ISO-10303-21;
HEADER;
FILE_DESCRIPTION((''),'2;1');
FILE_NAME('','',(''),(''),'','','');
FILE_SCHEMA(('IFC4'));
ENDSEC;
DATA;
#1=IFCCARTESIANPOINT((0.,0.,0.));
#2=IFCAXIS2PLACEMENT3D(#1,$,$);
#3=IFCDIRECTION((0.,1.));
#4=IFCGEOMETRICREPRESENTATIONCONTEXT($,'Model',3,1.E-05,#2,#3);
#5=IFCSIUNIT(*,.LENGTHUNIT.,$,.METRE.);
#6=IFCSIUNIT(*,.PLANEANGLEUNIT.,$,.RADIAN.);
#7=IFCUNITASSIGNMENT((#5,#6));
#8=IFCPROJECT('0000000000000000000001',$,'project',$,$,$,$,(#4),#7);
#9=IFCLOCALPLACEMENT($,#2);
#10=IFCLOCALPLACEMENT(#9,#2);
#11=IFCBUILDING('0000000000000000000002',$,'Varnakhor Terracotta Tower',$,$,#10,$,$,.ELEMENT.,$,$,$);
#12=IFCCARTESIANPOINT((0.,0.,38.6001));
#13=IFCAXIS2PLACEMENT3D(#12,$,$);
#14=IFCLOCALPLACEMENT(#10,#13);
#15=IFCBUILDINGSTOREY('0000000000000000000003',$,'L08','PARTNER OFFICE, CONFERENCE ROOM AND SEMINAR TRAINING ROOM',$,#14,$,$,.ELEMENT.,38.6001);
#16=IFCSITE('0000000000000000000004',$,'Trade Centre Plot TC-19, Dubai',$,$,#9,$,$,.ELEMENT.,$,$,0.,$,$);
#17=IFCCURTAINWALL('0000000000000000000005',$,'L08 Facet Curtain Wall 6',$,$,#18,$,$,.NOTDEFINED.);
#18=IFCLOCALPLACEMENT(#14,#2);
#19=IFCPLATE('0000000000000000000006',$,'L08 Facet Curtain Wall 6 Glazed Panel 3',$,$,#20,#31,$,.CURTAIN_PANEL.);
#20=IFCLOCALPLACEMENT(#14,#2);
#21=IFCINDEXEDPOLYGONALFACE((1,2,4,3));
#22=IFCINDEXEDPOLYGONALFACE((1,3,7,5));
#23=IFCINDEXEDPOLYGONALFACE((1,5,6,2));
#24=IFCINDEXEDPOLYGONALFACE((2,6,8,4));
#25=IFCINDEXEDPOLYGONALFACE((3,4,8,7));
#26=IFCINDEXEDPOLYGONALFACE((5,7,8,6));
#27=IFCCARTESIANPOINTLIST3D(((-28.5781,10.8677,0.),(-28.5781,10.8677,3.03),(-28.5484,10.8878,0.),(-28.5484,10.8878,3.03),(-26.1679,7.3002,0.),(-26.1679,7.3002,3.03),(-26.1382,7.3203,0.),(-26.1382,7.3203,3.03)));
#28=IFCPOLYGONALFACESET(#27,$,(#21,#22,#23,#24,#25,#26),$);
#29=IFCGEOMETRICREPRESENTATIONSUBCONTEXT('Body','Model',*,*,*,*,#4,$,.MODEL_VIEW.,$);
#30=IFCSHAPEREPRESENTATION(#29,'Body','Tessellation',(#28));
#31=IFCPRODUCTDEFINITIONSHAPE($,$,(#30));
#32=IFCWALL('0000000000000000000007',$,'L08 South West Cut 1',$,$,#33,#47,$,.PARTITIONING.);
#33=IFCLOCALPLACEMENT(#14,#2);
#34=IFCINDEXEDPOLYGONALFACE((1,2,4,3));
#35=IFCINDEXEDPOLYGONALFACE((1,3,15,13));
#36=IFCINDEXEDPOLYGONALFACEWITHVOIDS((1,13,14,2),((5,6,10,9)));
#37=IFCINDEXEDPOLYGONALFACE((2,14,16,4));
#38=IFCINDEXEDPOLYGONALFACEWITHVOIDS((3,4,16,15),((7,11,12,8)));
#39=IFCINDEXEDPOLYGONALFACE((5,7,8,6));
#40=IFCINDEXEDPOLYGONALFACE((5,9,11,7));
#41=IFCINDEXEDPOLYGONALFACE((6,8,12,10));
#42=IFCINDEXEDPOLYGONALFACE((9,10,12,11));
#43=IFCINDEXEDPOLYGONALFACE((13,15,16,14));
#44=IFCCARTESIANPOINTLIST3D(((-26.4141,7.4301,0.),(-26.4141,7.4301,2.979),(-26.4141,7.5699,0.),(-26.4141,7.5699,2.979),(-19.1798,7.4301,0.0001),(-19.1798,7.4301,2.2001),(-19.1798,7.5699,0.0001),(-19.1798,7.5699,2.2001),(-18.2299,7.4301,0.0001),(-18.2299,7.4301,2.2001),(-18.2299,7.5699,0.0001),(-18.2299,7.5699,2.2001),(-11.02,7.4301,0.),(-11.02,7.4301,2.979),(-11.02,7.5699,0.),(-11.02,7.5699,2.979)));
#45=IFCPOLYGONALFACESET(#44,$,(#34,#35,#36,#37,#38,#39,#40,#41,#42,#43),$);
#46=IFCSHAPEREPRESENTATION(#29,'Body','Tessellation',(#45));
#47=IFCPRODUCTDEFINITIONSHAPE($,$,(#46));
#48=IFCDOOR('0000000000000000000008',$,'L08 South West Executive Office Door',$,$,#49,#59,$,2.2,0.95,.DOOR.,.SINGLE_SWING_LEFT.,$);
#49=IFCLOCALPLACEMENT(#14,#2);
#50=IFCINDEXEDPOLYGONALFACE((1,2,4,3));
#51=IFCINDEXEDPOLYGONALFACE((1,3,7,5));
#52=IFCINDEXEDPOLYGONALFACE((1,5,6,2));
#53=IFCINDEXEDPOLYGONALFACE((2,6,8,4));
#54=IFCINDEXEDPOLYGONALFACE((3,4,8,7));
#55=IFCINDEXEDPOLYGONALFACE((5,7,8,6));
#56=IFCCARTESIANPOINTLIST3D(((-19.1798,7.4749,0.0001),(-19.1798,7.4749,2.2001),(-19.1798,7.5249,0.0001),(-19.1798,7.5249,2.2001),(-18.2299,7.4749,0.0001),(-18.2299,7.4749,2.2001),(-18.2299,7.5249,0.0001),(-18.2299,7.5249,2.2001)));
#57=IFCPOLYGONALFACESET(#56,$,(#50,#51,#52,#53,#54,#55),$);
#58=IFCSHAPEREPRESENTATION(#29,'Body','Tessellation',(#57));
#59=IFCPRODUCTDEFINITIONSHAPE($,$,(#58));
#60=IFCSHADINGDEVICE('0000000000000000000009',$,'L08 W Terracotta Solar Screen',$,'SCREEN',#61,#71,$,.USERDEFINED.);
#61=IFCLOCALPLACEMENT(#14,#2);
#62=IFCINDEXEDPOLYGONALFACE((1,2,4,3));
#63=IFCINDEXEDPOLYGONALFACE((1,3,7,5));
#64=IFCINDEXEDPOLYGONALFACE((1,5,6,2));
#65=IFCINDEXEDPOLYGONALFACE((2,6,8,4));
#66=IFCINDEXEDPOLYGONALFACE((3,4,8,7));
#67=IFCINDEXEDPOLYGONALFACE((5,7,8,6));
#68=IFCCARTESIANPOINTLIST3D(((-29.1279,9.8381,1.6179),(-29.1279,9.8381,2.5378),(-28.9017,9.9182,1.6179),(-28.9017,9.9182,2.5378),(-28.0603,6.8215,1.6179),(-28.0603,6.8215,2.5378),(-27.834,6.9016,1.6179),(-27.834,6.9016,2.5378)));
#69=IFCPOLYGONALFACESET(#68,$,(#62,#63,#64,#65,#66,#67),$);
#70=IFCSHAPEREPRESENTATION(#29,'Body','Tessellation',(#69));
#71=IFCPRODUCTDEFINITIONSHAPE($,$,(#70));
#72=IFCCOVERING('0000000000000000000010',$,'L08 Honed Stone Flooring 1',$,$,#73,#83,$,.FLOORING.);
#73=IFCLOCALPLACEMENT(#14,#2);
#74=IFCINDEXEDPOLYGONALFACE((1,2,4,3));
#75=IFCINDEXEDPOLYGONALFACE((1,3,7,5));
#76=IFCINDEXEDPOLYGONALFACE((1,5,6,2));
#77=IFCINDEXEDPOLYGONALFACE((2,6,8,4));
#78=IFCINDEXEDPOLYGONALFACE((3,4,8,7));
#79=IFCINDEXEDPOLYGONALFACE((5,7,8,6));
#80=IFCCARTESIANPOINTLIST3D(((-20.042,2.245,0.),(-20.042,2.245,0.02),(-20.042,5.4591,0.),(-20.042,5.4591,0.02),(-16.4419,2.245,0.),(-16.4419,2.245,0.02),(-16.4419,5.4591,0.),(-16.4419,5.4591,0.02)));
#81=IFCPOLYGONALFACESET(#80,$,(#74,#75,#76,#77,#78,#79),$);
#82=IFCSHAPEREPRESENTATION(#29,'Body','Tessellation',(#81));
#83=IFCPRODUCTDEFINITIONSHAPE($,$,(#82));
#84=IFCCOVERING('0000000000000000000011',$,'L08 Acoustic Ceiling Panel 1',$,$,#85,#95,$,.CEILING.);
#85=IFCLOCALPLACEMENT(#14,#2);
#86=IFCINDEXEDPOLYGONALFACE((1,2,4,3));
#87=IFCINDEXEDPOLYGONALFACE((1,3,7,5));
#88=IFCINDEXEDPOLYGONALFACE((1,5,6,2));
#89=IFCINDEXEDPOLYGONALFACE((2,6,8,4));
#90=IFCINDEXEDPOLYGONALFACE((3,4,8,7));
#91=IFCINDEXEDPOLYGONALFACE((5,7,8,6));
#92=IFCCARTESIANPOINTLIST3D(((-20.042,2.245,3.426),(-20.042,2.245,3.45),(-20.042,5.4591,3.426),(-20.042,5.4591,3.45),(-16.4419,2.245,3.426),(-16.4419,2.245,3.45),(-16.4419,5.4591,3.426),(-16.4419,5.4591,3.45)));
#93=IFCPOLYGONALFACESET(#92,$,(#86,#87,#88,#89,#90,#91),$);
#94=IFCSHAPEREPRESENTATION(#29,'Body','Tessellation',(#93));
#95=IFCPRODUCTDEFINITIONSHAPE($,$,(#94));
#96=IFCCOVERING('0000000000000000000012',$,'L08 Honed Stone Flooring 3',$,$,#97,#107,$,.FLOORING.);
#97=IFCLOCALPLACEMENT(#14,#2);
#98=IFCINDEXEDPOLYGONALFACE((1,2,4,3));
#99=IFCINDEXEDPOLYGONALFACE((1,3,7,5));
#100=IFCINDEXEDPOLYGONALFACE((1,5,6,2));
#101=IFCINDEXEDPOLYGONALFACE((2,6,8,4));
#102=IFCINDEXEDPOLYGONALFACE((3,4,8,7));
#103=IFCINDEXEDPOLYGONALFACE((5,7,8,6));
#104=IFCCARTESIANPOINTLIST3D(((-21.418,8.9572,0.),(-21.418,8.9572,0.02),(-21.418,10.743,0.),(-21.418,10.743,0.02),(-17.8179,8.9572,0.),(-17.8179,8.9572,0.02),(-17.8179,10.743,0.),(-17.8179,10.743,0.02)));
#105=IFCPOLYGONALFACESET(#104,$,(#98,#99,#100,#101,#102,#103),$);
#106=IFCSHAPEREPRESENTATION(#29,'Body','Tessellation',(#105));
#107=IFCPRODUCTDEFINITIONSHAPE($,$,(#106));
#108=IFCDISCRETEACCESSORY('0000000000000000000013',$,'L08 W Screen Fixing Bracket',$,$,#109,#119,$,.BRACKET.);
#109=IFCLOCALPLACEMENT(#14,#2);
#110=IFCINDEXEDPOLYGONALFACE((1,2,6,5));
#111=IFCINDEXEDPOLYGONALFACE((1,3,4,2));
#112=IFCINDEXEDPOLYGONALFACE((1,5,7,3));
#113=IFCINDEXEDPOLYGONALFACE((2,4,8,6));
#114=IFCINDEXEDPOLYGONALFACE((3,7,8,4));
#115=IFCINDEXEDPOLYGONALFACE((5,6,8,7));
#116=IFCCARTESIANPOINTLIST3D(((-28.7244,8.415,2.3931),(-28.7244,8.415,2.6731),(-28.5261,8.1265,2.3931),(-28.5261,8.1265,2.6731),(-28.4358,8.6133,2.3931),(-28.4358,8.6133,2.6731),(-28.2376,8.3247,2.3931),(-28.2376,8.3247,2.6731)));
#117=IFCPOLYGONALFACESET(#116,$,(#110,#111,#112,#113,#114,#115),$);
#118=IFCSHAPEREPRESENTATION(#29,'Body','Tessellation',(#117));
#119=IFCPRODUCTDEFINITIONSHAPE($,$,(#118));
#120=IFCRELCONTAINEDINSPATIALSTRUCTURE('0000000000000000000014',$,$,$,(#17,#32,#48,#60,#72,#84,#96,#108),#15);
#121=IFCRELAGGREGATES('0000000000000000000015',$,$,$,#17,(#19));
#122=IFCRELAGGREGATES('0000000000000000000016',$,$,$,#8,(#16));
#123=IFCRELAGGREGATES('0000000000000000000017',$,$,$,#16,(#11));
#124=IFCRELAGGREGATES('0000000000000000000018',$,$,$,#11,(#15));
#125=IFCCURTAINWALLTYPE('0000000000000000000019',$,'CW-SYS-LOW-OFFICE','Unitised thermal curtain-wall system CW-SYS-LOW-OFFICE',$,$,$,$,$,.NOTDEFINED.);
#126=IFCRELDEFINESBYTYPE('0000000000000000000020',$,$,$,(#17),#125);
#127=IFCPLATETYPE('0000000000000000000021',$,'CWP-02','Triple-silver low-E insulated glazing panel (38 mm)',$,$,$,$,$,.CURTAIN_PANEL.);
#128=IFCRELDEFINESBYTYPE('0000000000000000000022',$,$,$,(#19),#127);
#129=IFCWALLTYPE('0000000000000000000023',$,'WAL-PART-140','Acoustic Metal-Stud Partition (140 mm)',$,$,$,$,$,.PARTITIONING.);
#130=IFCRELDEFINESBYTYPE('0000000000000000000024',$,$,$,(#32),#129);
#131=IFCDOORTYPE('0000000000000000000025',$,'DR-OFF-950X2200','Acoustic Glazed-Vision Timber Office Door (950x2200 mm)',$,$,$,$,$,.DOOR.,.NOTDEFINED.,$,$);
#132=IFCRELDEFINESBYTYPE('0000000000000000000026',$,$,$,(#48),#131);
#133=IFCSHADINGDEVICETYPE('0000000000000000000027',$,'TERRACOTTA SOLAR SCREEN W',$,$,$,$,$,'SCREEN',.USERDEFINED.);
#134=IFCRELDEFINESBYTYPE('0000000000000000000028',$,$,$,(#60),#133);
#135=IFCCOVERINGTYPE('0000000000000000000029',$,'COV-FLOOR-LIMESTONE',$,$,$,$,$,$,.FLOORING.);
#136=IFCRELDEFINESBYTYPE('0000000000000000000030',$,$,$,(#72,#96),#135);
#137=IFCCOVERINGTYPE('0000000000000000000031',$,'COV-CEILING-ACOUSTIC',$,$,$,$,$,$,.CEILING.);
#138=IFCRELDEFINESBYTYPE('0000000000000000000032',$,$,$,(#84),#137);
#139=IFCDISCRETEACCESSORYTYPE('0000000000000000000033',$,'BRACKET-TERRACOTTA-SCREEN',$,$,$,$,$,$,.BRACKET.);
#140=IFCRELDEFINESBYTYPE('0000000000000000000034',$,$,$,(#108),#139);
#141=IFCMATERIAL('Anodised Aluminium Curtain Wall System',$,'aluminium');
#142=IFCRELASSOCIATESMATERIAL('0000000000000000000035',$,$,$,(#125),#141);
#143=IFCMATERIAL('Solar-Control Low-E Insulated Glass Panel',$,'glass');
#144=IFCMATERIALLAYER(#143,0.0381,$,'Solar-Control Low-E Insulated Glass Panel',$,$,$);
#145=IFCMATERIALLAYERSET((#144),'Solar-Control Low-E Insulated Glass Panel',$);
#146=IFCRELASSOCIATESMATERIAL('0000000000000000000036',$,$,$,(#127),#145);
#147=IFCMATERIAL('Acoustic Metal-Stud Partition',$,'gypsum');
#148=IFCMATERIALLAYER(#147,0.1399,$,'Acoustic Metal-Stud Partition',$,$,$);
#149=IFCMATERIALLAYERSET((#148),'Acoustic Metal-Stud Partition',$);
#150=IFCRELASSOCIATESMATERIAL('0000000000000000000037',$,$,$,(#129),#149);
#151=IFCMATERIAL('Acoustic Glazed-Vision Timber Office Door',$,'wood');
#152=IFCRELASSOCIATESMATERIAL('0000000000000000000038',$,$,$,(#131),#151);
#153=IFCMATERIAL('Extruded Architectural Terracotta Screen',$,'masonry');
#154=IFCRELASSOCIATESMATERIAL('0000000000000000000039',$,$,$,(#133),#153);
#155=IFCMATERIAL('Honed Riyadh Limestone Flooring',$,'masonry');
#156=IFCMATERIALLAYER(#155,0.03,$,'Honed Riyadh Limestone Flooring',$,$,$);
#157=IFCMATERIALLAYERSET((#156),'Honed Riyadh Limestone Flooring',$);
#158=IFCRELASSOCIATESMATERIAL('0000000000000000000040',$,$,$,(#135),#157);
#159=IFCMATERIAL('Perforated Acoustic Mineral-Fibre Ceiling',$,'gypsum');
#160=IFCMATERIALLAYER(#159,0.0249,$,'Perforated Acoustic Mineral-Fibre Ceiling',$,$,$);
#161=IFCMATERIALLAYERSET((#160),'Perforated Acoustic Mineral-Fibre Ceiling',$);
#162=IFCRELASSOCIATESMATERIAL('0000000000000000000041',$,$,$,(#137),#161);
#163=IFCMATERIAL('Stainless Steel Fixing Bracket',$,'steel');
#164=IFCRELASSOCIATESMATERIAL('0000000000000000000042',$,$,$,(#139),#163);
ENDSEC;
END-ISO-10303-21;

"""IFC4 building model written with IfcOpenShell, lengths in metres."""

from ifc_helpers import new_model, si_unit, direction, frame, frame_2d, origin, origin_2d, place, context, subcontext, project, spatial, rectangle, extrude, source, transform, mapped, material, layer, layer_set, type_object, type_shapes, element, fill, aggregate, save


model = new_model("IFC4")

# Units and contexts
model_context = context("Model", 3, precision=1e-05, world=origin(), true_north=direction((0.0, 1.0)))
body_context = subcontext(model_context, "Body", "Model", "MODEL_VIEW")
ifc_project = project(units=[si_unit("LENGTHUNIT", "METRE"), si_unit("PLANEANGLEUNIT", "RADIAN")], contexts=[model_context])

# Site, building, storey
site_placement = place(None, origin())
site = spatial("IfcSite", under=ifc_project, at=site_placement, Name="Trade Centre Plot TC-19, Dubai", CompositionType="ELEMENT", RefElevation=0.0)
building_placement = place(site_placement, origin())
building = spatial("IfcBuilding", under=site, at=building_placement, Name="Varnakhor Terracotta Tower", CompositionType="ELEMENT")
storey_placement = place(building_placement, frame((0.0, 0.0, 38.6001)))
storey = spatial("IfcBuildingStorey", under=building, at=storey_placement, Name="L08", Description="PARTNER OFFICE, CONFERENCE ROOM AND SEMINAR TRAINING ROOM", CompositionType="ELEMENT", Elevation=38.6001)

# Shared definitions
ifc_material_1 = material(Name="Anodised Aluminium Curtain Wall System", Category="aluminium")
curtain_wall_type = type_object("IfcCurtainWallType", Name="CW-SYS-LOW-OFFICE", Description="Unitised thermal curtain-wall system CW-SYS-LOW-OFFICE", PredefinedType="NOTDEFINED", material=ifc_material_1)

# Curtain wall
curtain_wall_1_placement = place(storey_placement, origin())
curtain_wall_1 = element("IfcCurtainWall", 1, at=curtain_wall_1_placement, inside=storey, type_object=curtain_wall_type, Name="L08 Facet Curtain Wall 6", PredefinedType="NOTDEFINED")

# Plate
ifc_material_2 = material(Name="Solar-Control Low-E Insulated Glass Panel", Category="glass")
ifc_layer_1 = layer(ifc_material_2, 0.0381, Name="Solar-Control Low-E Insulated Glass Panel")
ifc_layer_set_1 = layer_set([ifc_layer_1], Name="Solar-Control Low-E Insulated Glass Panel")
plate_type = type_object("IfcPlateType", Name="CWP-02", Description="Triple-silver low-E insulated glazing panel (38 mm)", PredefinedType="CURTAIN_PANEL", material=ifc_layer_set_1)
shared_shape_1 = source(origin(), body_context, "Body", "SweptSolid", [
    extrude(rectangle(XDim=4.3054, YDim=0.0359, at=origin_2d()), origin(), (0.0, 0.0, 1.0), 3.03),
])
plate_1_placement = place(storey_placement, frame((-27.3582, 9.094, 0.0), z_axis=(0.0, 0.0, 1.0), x_axis=(-0.559815, 0.828618, 0.0)))
plate_1 = element("IfcPlate", 2, at=plate_1_placement, type_object=plate_type, Name="L08 Facet Curtain Wall 6 Glazed Panel 3", PredefinedType="CURTAIN_PANEL", context=body_context, shape_type="MappedRepresentation", body=[
    mapped(shared_shape_1, transform((0.0, 0.0, 0.0), scale=1.0)),
])
aggregate(curtain_wall_1, [plate_1])

# Wall, opening, door
ifc_material_3 = material(Name="Acoustic Metal-Stud Partition", Category="gypsum")
ifc_layer_2 = layer(ifc_material_3, 0.1399, Name="Acoustic Metal-Stud Partition")
ifc_layer_set_2 = layer_set([ifc_layer_2], Name="Acoustic Metal-Stud Partition")
wall_type = type_object("IfcWallType", Name="WAL-PART-140", Description="Acoustic Metal-Stud Partition (140 mm)", PredefinedType="PARTITIONING", material=ifc_layer_set_2)
wall_placement = place(storey_placement, frame((-26.4141, 7.5, 0.0), z_axis=(0.0, 0.0, 1.0), x_axis=(1.0, 0.0, 0.0)))
wall = element("IfcWall", 3, at=wall_placement, inside=storey, type_object=wall_type, Name="L08 South West Cut 1", PredefinedType="PARTITIONING", context=body_context, shape_type="SweptSolid", body=[
    extrude(rectangle(XDim=15.394, YDim=0.1399, at=frame_2d((7.697, 0.0))), origin(), (0.0, 0.0, 1.0), 2.979),
])
opening_placement = place(wall_placement, frame((7.2341, 0.0, 0.0)))
opening = element("IfcOpeningElement", 4, at=opening_placement, cuts=wall, PredefinedType="OPENING", context=body_context, shape_type="SweptSolid", body=[
    extrude(rectangle(XDim=0.95, YDim=2.2, at=frame_2d((0.4751, 1.1001))), frame((0.0, 0.0801, 0.0), z_axis=(0.0, -1.0, 0.0), x_axis=(1.0, 0.0, 0.0)), (0.0, 0.0, 1.0), 0.1599),
])
ifc_material_4 = material(Name="Acoustic Glazed-Vision Timber Office Door", Category="wood")
door_type = type_object("IfcDoorType", Name="DR-OFF-950X2200", Description="Acoustic Glazed-Vision Timber Office Door (950x2200 mm)", OperationType="NOTDEFINED", PredefinedType="DOOR", material=ifc_material_4)
shared_shape_2 = source(origin(), body_context, "Body", "SweptSolid", [
    extrude(rectangle(XDim=0.95, YDim=2.2, at=frame_2d((0.4751, 1.1001))), frame((0.0, 0.0249, 0.0), z_axis=(0.0, -1.0, 0.0), x_axis=(1.0, 0.0, 0.0)), (0.0, 0.0, 1.0), 0.05),
])
type_shapes(door_type, [shared_shape_2])
door_placement = place(opening_placement, origin())
door = element("IfcDoor", 5, at=door_placement, inside=storey, type_object=door_type, Name="L08 South West Executive Office Door", OperationType="SINGLE_SWING_LEFT", OverallHeight=2.2, OverallWidth=0.95, PredefinedType="DOOR", context=body_context, shape_type="MappedRepresentation", body=[
    mapped(shared_shape_2, transform((0.0, 0.0, 0.0), scale=1.0)),
])
fill(opening, door)

# Shading device
ifc_material_5 = material(Name="Extruded Architectural Terracotta Screen", Category="masonry")
shading_device_type = type_object("IfcShadingDeviceType", Name="TERRACOTTA SOLAR SCREEN W", ElementType="SCREEN", PredefinedType="USERDEFINED", material=ifc_material_5)
shared_shape_3 = source(origin(), body_context, "Body", "SweptSolid", [
    extrude(rectangle(XDim=3.2, YDim=0.24, at=origin_2d()), origin(), (0.0, 0.0, 1.0), 0.9199),
])
type_shapes(shading_device_type, [shared_shape_3])
shading_device_placement = place(storey_placement, frame((-28.481, 8.3699, 1.6179), z_axis=(0.0, 0.0, 1.0), x_axis=(0.333642, -0.9427, 0.0)))
element("IfcShadingDevice", 6, at=shading_device_placement, inside=storey, type_object=shading_device_type, Name="L08 W Terracotta Solar Screen", ObjectType="SCREEN", PredefinedType="USERDEFINED", context=body_context, shape_type="MappedRepresentation", body=[
    mapped(shared_shape_3, transform((0.0, 0.0, 0.0), scale=1.0)),
])

# Coverings
ifc_material_6 = material(Name="Honed Riyadh Limestone Flooring", Category="masonry")
ifc_layer_3 = layer(ifc_material_6, 0.03, Name="Honed Riyadh Limestone Flooring")
ifc_layer_set_3 = layer_set([ifc_layer_3], Name="Honed Riyadh Limestone Flooring")
covering_type_1 = type_object("IfcCoveringType", Name="COV-FLOOR-LIMESTONE", PredefinedType="FLOORING", material=ifc_layer_set_3)
shared_shape_4 = source(origin(), body_context, "Body", "SweptSolid", [
    extrude(rectangle(XDim=3.6001, YDim=3.2141, at=origin_2d()), origin(), (0.0, 0.0, 1.0), 0.02),
])
covering_1_placement = place(storey_placement, frame((-18.2419, 3.8521, 0.0), z_axis=(0.0, 0.0, 1.0), x_axis=(1.0, 0.0, 0.0)))
element("IfcCovering", 7, at=covering_1_placement, inside=storey, type_object=covering_type_1, Name="L08 Honed Stone Flooring 1", PredefinedType="FLOORING", context=body_context, shape_type="MappedRepresentation", body=[
    mapped(shared_shape_4, transform((0.0, 0.0, 0.0), scale=1.0)),
])
ifc_material_7 = material(Name="Perforated Acoustic Mineral-Fibre Ceiling", Category="gypsum")
ifc_layer_4 = layer(ifc_material_7, 0.0249, Name="Perforated Acoustic Mineral-Fibre Ceiling")
ifc_layer_set_4 = layer_set([ifc_layer_4], Name="Perforated Acoustic Mineral-Fibre Ceiling")
covering_type_2 = type_object("IfcCoveringType", Name="COV-CEILING-ACOUSTIC", PredefinedType="CEILING", material=ifc_layer_set_4)
shared_shape_5 = source(origin(), body_context, "Body", "SweptSolid", [
    extrude(rectangle(XDim=3.6001, YDim=3.2141, at=origin_2d()), origin(), (0.0, 0.0, 1.0), 0.0239),
])
covering_2_placement = place(storey_placement, frame((-18.2419, 3.8521, 3.426), z_axis=(0.0, 0.0, 1.0), x_axis=(1.0, 0.0, 0.0)))
element("IfcCovering", 8, at=covering_2_placement, inside=storey, type_object=covering_type_2, Name="L08 Acoustic Ceiling Panel 1", PredefinedType="CEILING", context=body_context, shape_type="MappedRepresentation", body=[
    mapped(shared_shape_5, transform((0.0, 0.0, 0.0), scale=1.0)),
])
shared_shape_6 = source(origin(), body_context, "Body", "SweptSolid", [
    extrude(rectangle(XDim=3.6001, YDim=1.7859, at=origin_2d()), origin(), (0.0, 0.0, 1.0), 0.02),
])
covering_3_placement = place(storey_placement, frame((-19.6179, 9.8501, 0.0), z_axis=(0.0, 0.0, 1.0), x_axis=(1.0, 0.0, 0.0)))
element("IfcCovering", 9, at=covering_3_placement, inside=storey, type_object=covering_type_1, Name="L08 Honed Stone Flooring 3", PredefinedType="FLOORING", context=body_context, shape_type="MappedRepresentation", body=[
    mapped(shared_shape_6, transform((0.0, 0.0, 0.0), scale=1.0)),
])

# Discrete accessory
ifc_material_8 = material(Name="Stainless Steel Fixing Bracket", Category="steel")
discrete_accessory_type = type_object("IfcDiscreteAccessoryType", Name="BRACKET-TERRACOTTA-SCREEN", PredefinedType="BRACKET", material=ifc_material_8)
shared_shape_7 = source(origin(), body_context, "Body", "SweptSolid", [
    extrude(rectangle(XDim=0.3501, YDim=0.3501, at=origin_2d()), origin(), (0.0, 0.0, 1.0), 0.28),
])
type_shapes(discrete_accessory_type, [shared_shape_7])
discrete_accessory_placement = place(storey_placement, frame((-28.481, 8.3699, 2.3931), z_axis=(0.0, 0.0, 1.0), x_axis=(0.566262, -0.824225, 0.0)))
element("IfcDiscreteAccessory", 10, at=discrete_accessory_placement, inside=storey, type_object=discrete_accessory_type, Name="L08 W Screen Fixing Bracket", PredefinedType="BRACKET", context=body_context, shape_type="MappedRepresentation", body=[
    mapped(shared_shape_7, transform((0.0, 0.0, 0.0), scale=1.0)),
])

save(model, "model.ifc")
